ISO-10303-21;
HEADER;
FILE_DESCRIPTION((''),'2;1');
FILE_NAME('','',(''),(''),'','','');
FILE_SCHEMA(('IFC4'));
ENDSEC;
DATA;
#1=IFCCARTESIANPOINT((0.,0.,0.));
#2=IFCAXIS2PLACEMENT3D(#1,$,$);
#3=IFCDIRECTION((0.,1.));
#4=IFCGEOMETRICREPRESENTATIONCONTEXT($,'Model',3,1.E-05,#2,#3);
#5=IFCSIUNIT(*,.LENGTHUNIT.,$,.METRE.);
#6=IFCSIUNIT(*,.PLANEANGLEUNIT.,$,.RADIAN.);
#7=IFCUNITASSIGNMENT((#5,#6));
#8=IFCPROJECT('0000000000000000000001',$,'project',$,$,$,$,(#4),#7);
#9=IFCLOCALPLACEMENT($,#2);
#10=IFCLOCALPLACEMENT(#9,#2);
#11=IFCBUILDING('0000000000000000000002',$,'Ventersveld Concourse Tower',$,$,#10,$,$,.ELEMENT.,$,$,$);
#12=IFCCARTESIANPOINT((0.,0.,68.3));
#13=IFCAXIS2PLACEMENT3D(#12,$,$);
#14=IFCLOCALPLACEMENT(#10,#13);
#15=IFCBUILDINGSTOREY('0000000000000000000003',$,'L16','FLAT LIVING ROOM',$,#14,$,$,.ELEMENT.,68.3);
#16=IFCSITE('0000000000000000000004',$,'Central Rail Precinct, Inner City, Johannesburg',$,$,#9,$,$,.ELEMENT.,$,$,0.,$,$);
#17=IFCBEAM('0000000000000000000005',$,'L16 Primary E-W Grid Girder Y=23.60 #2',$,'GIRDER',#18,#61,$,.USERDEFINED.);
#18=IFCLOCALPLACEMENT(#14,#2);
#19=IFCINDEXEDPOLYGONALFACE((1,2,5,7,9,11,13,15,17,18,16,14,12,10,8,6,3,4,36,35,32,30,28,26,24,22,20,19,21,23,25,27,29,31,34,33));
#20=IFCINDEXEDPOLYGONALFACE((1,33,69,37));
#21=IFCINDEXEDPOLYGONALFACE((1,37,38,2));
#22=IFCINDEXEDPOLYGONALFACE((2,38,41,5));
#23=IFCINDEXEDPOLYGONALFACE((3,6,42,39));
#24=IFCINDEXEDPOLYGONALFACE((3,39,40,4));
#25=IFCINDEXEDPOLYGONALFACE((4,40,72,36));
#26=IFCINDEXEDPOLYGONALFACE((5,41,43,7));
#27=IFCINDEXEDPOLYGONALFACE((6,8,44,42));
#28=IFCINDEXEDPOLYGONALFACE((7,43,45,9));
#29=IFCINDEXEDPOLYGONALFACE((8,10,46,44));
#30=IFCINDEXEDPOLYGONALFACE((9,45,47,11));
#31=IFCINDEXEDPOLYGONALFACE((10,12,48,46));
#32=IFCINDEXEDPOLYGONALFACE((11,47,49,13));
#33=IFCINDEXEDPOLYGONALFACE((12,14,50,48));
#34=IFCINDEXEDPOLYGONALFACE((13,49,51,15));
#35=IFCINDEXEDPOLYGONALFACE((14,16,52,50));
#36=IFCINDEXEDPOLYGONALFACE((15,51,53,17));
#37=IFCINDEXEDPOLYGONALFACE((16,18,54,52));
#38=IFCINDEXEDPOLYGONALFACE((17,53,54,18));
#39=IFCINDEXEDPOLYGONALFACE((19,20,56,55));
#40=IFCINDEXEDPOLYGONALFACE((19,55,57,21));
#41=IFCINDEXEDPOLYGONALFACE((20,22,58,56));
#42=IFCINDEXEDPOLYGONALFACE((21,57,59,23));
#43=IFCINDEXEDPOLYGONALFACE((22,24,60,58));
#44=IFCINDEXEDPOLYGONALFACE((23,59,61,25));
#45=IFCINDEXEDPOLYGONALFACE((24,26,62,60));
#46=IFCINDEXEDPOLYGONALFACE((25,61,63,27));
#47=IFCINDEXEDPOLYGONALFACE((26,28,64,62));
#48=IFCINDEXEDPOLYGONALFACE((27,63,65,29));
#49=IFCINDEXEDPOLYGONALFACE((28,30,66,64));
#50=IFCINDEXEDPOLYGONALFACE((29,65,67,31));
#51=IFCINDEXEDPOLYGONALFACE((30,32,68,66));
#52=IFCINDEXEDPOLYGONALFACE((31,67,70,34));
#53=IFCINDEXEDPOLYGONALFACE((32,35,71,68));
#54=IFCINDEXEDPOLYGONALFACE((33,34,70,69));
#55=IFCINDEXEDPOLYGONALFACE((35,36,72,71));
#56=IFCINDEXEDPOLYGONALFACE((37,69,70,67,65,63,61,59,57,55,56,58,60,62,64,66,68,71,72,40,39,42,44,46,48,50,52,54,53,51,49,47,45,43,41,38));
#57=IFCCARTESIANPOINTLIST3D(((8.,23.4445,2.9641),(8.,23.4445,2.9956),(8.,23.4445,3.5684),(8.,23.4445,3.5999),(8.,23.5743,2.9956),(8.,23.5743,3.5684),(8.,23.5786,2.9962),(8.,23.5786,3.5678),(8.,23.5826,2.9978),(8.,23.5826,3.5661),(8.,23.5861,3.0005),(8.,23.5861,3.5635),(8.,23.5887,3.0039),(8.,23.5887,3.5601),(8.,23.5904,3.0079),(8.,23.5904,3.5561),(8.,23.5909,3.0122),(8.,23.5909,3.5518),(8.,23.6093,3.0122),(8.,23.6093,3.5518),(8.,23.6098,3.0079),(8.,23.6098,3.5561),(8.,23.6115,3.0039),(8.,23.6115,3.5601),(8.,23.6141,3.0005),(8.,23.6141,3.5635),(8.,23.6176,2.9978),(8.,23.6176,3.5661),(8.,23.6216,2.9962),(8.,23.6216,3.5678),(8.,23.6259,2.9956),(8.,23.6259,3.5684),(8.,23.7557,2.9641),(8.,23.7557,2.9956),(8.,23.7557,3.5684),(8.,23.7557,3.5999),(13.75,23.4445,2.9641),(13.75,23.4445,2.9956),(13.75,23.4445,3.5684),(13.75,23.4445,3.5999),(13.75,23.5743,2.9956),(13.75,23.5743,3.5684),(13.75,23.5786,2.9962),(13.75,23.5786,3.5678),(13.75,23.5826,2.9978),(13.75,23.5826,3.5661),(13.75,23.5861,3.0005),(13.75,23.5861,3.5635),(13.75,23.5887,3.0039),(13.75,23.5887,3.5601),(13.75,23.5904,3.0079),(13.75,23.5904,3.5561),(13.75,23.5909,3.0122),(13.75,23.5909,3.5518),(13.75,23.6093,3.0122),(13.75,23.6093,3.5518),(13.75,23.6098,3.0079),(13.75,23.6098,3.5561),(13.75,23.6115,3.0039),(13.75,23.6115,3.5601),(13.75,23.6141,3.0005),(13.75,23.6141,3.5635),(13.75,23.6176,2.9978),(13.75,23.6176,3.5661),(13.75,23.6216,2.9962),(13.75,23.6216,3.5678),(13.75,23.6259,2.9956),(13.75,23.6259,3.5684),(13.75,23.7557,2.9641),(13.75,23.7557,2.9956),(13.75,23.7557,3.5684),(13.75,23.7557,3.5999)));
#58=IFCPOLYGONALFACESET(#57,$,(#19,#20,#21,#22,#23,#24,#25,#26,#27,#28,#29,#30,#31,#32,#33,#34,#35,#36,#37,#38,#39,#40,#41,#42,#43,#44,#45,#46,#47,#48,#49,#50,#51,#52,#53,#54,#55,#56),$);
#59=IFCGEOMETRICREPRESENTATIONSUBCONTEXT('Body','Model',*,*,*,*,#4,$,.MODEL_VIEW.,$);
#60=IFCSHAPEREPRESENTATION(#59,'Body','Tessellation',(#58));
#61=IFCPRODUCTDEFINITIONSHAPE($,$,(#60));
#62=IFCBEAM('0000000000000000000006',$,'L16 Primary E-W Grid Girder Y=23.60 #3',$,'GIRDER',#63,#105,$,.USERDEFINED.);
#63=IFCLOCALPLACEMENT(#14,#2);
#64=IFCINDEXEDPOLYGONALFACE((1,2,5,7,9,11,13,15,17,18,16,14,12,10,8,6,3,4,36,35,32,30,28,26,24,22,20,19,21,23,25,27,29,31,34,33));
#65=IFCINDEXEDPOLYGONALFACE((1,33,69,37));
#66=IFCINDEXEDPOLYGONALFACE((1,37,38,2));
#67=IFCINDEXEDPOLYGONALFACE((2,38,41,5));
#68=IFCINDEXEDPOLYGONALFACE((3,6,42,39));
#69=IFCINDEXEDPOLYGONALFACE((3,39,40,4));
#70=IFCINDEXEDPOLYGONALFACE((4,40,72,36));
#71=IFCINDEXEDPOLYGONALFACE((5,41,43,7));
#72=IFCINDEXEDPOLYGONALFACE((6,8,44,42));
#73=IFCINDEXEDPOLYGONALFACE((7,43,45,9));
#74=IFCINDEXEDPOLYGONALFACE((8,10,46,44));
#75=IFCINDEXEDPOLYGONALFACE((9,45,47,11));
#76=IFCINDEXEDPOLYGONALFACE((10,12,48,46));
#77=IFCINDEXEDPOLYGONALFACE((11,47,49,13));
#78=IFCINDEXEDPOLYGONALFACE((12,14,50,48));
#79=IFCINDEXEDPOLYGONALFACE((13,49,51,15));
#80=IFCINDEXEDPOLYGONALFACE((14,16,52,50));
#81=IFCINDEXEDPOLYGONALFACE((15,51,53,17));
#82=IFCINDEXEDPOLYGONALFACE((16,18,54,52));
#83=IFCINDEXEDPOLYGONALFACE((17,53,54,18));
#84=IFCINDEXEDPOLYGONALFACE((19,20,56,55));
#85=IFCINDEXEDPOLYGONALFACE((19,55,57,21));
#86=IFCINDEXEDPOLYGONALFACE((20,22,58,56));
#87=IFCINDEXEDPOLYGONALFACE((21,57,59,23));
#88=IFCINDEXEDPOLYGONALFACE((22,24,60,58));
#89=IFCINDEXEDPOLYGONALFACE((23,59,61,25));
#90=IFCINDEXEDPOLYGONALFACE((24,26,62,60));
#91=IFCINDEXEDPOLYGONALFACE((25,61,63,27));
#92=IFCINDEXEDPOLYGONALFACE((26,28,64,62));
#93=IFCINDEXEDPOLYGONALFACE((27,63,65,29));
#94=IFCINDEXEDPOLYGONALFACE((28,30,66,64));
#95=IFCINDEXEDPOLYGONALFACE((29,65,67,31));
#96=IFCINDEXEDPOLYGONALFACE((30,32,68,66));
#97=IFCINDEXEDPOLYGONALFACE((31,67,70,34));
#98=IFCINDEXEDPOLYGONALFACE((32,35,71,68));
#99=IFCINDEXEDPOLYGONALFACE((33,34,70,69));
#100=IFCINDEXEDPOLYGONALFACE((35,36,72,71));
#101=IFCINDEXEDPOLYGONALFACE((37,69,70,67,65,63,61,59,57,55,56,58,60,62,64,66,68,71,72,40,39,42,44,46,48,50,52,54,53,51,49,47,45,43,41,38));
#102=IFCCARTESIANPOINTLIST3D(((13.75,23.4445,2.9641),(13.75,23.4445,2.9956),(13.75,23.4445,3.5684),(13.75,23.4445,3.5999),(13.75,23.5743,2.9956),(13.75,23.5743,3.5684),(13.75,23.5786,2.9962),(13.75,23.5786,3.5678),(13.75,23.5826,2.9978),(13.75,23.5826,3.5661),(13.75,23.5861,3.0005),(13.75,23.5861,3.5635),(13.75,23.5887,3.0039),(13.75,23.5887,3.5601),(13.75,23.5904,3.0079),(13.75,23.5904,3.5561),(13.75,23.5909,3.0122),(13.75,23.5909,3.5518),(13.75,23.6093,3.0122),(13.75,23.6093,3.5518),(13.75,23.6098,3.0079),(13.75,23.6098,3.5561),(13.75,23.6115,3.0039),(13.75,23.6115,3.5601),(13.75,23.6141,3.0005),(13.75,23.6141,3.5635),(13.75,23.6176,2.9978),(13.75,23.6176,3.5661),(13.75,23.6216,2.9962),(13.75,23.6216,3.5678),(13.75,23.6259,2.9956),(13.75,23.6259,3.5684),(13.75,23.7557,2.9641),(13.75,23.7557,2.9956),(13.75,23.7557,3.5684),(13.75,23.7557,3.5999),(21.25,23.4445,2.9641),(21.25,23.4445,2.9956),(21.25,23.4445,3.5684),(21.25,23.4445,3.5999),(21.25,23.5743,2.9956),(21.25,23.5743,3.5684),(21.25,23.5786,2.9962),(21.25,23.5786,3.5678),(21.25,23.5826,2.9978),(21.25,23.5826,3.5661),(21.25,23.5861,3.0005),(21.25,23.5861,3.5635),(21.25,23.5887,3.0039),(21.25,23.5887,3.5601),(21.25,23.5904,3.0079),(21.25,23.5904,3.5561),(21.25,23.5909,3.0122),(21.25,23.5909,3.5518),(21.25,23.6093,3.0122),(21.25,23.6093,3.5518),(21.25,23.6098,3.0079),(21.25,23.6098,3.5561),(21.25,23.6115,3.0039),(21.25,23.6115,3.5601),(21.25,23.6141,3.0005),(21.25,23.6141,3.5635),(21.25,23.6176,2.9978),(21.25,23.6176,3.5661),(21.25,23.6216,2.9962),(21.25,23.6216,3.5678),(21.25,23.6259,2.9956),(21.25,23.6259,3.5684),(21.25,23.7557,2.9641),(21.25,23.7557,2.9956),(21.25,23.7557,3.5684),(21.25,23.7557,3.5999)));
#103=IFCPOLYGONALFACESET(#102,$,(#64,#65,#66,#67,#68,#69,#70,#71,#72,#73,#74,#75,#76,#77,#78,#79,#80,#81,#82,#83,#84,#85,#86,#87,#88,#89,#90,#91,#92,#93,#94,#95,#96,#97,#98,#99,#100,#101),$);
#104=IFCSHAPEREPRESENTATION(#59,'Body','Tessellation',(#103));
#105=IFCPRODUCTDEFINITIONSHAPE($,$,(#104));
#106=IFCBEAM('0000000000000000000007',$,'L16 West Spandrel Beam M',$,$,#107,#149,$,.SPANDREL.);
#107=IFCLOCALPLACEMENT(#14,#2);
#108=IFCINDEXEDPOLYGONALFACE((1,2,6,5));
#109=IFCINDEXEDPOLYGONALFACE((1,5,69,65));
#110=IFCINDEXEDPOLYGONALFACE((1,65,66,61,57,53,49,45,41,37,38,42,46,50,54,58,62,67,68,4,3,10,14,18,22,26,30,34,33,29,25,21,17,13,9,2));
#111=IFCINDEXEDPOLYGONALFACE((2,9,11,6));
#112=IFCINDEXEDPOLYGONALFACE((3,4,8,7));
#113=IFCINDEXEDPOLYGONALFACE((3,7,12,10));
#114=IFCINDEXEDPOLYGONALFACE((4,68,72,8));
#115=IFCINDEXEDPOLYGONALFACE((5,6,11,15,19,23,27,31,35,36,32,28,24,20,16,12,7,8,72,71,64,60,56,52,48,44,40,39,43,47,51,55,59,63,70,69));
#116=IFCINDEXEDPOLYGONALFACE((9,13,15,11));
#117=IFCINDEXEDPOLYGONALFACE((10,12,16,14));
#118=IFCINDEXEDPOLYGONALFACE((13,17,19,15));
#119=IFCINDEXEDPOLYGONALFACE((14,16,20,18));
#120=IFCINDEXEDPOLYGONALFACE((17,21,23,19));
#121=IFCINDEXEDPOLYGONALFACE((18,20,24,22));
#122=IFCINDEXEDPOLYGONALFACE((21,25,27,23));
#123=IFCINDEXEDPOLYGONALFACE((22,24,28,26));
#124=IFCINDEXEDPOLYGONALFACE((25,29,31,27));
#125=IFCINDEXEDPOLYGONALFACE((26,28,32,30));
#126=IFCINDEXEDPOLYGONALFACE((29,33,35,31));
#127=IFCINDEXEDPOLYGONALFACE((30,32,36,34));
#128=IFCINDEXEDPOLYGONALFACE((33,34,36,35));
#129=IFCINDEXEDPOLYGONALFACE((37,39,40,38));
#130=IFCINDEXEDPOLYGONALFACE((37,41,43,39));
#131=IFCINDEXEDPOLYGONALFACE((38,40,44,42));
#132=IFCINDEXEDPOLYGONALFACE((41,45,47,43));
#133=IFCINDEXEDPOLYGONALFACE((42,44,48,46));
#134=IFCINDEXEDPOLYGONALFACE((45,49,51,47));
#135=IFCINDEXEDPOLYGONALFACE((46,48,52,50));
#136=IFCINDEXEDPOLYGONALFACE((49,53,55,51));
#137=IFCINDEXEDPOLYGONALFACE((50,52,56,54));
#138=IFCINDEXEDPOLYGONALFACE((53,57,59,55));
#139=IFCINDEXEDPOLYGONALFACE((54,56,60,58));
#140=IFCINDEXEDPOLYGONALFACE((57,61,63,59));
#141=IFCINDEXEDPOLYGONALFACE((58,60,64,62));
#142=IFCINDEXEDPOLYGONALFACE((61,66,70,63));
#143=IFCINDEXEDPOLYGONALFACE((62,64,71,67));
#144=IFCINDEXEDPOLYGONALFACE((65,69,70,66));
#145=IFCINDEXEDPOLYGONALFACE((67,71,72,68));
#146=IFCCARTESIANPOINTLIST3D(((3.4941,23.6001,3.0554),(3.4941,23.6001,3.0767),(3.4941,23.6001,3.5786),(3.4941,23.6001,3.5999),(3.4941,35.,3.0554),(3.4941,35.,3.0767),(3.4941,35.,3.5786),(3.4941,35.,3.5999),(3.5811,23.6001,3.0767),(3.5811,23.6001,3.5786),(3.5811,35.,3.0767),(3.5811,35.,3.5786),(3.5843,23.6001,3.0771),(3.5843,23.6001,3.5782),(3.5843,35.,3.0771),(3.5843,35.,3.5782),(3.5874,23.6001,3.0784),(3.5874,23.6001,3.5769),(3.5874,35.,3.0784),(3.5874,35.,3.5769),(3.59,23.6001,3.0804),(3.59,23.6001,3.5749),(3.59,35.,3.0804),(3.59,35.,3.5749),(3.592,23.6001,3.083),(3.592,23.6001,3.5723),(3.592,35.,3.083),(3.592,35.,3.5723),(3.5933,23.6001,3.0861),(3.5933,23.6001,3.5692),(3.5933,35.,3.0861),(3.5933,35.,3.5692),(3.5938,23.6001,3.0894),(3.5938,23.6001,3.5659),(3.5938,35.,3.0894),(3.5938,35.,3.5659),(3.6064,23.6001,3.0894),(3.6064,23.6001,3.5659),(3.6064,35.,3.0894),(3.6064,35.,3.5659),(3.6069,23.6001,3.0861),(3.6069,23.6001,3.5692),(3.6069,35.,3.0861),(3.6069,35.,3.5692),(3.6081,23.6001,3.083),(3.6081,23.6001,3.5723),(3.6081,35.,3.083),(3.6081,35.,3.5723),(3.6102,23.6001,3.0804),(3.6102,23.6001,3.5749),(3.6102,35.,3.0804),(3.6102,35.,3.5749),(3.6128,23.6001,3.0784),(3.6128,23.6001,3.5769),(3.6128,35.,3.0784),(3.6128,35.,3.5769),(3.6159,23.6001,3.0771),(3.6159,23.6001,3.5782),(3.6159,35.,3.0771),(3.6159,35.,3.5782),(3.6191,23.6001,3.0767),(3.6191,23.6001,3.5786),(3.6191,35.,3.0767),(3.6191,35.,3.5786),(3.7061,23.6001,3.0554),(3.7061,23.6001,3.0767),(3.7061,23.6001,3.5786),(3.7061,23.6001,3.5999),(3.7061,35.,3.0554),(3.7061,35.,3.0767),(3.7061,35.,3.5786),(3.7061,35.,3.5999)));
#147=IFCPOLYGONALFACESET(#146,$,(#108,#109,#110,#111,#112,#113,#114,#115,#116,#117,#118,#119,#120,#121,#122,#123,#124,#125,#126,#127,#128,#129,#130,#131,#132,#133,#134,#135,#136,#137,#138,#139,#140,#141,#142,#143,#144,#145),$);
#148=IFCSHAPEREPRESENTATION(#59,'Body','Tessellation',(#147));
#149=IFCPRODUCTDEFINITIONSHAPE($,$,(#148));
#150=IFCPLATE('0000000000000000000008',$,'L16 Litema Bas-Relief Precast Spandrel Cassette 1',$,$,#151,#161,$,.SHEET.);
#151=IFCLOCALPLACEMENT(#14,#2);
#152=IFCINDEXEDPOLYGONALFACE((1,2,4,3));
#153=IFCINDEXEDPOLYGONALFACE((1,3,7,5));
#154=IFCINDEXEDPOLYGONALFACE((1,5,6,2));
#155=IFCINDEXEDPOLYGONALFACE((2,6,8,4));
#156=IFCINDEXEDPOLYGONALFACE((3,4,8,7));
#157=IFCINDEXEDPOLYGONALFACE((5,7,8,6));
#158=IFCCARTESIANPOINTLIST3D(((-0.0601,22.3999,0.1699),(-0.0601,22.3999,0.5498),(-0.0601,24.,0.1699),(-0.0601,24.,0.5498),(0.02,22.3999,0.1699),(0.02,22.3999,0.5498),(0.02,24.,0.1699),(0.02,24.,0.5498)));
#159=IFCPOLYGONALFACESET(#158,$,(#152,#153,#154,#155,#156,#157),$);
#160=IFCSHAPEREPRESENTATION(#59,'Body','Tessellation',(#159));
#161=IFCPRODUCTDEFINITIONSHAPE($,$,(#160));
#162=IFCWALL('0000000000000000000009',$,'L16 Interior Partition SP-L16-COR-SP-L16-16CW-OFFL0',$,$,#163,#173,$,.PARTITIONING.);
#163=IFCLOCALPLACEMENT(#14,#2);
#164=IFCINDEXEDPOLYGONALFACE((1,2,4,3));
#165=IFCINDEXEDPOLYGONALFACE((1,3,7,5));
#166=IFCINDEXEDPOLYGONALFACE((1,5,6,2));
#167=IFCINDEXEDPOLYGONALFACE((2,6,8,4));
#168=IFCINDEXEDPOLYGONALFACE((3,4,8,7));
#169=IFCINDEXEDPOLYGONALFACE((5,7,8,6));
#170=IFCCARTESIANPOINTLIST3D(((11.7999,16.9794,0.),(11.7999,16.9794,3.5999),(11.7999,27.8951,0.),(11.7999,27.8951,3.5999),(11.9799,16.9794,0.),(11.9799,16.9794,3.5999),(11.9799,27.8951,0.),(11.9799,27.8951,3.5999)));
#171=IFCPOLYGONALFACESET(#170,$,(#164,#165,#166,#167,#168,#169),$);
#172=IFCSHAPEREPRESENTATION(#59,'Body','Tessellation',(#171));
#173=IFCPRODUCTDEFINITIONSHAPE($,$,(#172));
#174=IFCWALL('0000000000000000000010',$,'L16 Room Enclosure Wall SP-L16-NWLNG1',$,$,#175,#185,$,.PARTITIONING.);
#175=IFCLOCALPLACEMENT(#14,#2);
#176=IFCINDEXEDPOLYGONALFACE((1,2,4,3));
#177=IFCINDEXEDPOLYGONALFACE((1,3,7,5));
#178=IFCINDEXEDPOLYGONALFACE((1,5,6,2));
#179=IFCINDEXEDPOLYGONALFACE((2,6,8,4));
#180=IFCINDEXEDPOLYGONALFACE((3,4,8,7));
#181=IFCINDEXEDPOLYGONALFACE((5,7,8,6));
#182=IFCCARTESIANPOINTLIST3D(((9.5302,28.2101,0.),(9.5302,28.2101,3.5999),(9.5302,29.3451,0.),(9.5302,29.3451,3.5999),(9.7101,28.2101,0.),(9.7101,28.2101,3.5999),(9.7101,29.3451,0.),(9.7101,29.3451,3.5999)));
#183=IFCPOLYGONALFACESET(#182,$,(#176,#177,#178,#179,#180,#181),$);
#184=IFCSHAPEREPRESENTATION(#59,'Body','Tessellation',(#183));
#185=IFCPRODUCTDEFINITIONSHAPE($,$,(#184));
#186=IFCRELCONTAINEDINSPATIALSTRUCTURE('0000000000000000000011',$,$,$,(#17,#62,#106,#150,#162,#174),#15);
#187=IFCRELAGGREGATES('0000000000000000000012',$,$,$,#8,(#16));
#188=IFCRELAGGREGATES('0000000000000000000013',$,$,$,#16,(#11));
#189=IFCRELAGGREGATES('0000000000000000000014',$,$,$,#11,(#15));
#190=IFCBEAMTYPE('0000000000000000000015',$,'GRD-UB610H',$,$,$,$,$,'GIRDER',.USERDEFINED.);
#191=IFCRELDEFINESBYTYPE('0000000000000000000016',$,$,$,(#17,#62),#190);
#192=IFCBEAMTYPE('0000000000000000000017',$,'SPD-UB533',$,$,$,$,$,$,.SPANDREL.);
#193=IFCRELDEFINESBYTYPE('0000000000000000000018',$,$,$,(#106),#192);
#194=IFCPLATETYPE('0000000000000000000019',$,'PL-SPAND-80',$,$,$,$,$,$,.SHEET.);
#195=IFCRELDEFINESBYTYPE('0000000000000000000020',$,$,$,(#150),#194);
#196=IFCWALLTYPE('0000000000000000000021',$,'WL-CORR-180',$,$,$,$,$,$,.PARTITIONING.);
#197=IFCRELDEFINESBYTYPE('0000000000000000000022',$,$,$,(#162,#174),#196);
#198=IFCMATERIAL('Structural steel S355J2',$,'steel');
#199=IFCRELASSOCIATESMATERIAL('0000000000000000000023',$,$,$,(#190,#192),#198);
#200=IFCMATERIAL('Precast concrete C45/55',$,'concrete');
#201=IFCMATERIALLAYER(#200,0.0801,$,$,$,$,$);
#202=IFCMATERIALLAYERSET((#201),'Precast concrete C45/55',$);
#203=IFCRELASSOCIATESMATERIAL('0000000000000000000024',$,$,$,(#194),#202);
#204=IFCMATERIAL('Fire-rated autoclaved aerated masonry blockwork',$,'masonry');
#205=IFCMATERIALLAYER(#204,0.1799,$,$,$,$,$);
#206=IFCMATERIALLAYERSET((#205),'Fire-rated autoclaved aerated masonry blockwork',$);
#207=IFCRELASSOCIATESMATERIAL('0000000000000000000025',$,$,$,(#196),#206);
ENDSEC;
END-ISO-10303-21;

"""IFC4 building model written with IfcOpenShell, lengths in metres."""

from ifc_helpers import new_model, si_unit, direction, frame, frame_2d, origin, origin_2d, place, context, subcontext, project, spatial, rectangle, i_section, extrude, material, layer, layer_set, material_profile, profile_set, type_object, element, save


model = new_model("IFC4")

# Units and contexts
model_context = context("Model", 3, precision=1e-05, world=origin(), true_north=direction((0.0, 1.0)))
body_context = subcontext(model_context, "Body", "Model", "MODEL_VIEW")
ifc_project = project(units=[si_unit("LENGTHUNIT", "METRE"), si_unit("PLANEANGLEUNIT", "RADIAN")], contexts=[model_context])

# Site, building, storey
site_placement = place(None, origin())
site = spatial("IfcSite", under=ifc_project, at=site_placement, Name="Central Rail Precinct, Inner City, Johannesburg", CompositionType="ELEMENT", RefElevation=0.0)
building_placement = place(site_placement, origin())
building = spatial("IfcBuilding", under=site, at=building_placement, Name="Ventersveld Concourse Tower", CompositionType="ELEMENT")
storey_placement = place(building_placement, frame((0.0, 0.0, 68.3)))
storey = spatial("IfcBuildingStorey", under=building, at=storey_placement, Name="L16", Description="FLAT LIVING ROOM", CompositionType="ELEMENT", Elevation=68.3)

# Beams
ifc_material_1 = material(Name="Structural steel S355J2", Category="steel")
ifc_material_profile_1 = material_profile(ifc_material_1, i_section(OverallWidth=0.3113, OverallDepth=0.6357, WebThickness=0.0183, FlangeThickness=0.0315, FilletRadius=0.0166, at=origin_2d()), Name="UB 610x305x238")
ifc_profile_set_1 = profile_set([ifc_material_profile_1], Name="Structural steel S355J2")
beam_type_1 = type_object("IfcBeamType", Name="GRD-UB610H", ElementType="GIRDER", PredefinedType="USERDEFINED", material=ifc_profile_set_1)
beam_1_placement = place(storey_placement, frame((8.0, 23.6001, 3.282), z_axis=(1.0, 0.0, 0.0), x_axis=(0.0, 1.0, 0.0)))
element("IfcBeam", 1, at=beam_1_placement, inside=storey, type_object=beam_type_1, Name="L16 Primary E-W Grid Girder Y=23.60 #2", ObjectType="GIRDER", PredefinedType="USERDEFINED", context=body_context, shape_type="SweptSolid", body=[
    extrude(i_section(OverallWidth=0.3113, OverallDepth=0.6357, WebThickness=0.0183, FlangeThickness=0.0315, FilletRadius=0.0166, at=origin_2d()), origin(), (0.0, 0.0, 1.0), 5.75),
])
beam_2_placement = place(storey_placement, frame((13.75, 23.6001, 3.282), z_axis=(1.0, 0.0, 0.0), x_axis=(0.0, 1.0, 0.0)))
element("IfcBeam", 2, at=beam_2_placement, inside=storey, type_object=beam_type_1, Name="L16 Primary E-W Grid Girder Y=23.60 #3", ObjectType="GIRDER", PredefinedType="USERDEFINED", context=body_context, shape_type="SweptSolid", body=[
    extrude(i_section(OverallWidth=0.3113, OverallDepth=0.6357, WebThickness=0.0183, FlangeThickness=0.0315, FilletRadius=0.0166, at=origin_2d()), origin(), (0.0, 0.0, 1.0), 7.5),
])
ifc_material_profile_2 = material_profile(ifc_material_1, i_section(OverallWidth=0.2119, OverallDepth=0.5444, WebThickness=0.0127, FlangeThickness=0.0212, FilletRadius=0.0127, at=origin_2d()), Name="UB 533x210x122")
ifc_profile_set_2 = profile_set([ifc_material_profile_2], Name="Structural steel S355J2")
beam_type_2 = type_object("IfcBeamType", Name="SPD-UB533", PredefinedType="SPANDREL", material=ifc_profile_set_2)
beam_3_placement = place(storey_placement, frame((3.6001, 23.6001, 3.3276), z_axis=(0.0, 1.0, 0.0), x_axis=(-1.0, 0.0, 0.0)))
element("IfcBeam", 3, at=beam_3_placement, inside=storey, type_object=beam_type_2, Name="L16 West Spandrel Beam M", PredefinedType="SPANDREL", context=body_context, shape_type="SweptSolid", body=[
    extrude(i_section(OverallWidth=0.2119, OverallDepth=0.5444, WebThickness=0.0127, FlangeThickness=0.0212, FilletRadius=0.0127, at=origin_2d()), origin(), (0.0, 0.0, 1.0), 11.3999),
])

# Plate
ifc_material_2 = material(Name="Precast concrete C45/55", Category="concrete")
ifc_layer_1 = layer(ifc_material_2, 0.0801)
ifc_layer_set_1 = layer_set([ifc_layer_1], Name="Precast concrete C45/55")
plate_type = type_object("IfcPlateType", Name="PL-SPAND-80", PredefinedType="SHEET", material=ifc_layer_set_1)
plate_placement = place(storey_placement, frame((-0.02, 23.2, 0.1699), z_axis=(0.0, 0.0, 1.0), x_axis=(0.0, -1.0, 0.0)))
element("IfcPlate", 4, at=plate_placement, inside=storey, type_object=plate_type, Name="L16 Litema Bas-Relief Precast Spandrel Cassette 1", PredefinedType="SHEET", context=body_context, shape_type="SweptSolid", body=[
    extrude(rectangle(XDim=1.6001, YDim=0.0801, at=origin_2d()), origin(), (0.0, 0.0, 1.0), 0.3799),
])

# Walls
ifc_material_3 = material(Name="Fire-rated autoclaved aerated masonry blockwork", Category="masonry")
ifc_layer_2 = layer(ifc_material_3, 0.1799)
ifc_layer_set_2 = layer_set([ifc_layer_2], Name="Fire-rated autoclaved aerated masonry blockwork")
wall_type_1 = type_object("IfcWallType", Name="WL-CORR-180", PredefinedType="PARTITIONING", material=ifc_layer_set_2)
wall_1_placement = place(storey_placement, frame((11.8899, 16.9792, 0.0), z_axis=(0.0, 0.0, 1.0), x_axis=(0.0, 1.0, 0.0)))
element("IfcWall", 5, at=wall_1_placement, inside=storey, type_object=wall_type_1, Name="L16 Interior Partition SP-L16-COR-SP-L16-16CW-OFFL0", PredefinedType="PARTITIONING", context=body_context, shape_type="SweptSolid", body=[
    extrude(rectangle(XDim=10.9158, YDim=0.1799, at=frame_2d((5.458, 0.0))), origin(), (0.0, 0.0, 1.0), 3.5999),
])
wall_2_placement = place(storey_placement, frame((9.6201, 29.345, 0.0), z_axis=(0.0, 0.0, 1.0), x_axis=(0.0, -1.0, 0.0)))
element("IfcWall", 6, at=wall_2_placement, inside=storey, type_object=wall_type_1, Name="L16 Room Enclosure Wall SP-L16-NWLNG1", PredefinedType="PARTITIONING", context=body_context, shape_type="SweptSolid", body=[
    extrude(rectangle(XDim=1.135, YDim=0.1799, at=frame_2d((0.5674, 0.0))), origin(), (0.0, 0.0, 1.0), 3.5999),
])

save(model, "model.ifc")
